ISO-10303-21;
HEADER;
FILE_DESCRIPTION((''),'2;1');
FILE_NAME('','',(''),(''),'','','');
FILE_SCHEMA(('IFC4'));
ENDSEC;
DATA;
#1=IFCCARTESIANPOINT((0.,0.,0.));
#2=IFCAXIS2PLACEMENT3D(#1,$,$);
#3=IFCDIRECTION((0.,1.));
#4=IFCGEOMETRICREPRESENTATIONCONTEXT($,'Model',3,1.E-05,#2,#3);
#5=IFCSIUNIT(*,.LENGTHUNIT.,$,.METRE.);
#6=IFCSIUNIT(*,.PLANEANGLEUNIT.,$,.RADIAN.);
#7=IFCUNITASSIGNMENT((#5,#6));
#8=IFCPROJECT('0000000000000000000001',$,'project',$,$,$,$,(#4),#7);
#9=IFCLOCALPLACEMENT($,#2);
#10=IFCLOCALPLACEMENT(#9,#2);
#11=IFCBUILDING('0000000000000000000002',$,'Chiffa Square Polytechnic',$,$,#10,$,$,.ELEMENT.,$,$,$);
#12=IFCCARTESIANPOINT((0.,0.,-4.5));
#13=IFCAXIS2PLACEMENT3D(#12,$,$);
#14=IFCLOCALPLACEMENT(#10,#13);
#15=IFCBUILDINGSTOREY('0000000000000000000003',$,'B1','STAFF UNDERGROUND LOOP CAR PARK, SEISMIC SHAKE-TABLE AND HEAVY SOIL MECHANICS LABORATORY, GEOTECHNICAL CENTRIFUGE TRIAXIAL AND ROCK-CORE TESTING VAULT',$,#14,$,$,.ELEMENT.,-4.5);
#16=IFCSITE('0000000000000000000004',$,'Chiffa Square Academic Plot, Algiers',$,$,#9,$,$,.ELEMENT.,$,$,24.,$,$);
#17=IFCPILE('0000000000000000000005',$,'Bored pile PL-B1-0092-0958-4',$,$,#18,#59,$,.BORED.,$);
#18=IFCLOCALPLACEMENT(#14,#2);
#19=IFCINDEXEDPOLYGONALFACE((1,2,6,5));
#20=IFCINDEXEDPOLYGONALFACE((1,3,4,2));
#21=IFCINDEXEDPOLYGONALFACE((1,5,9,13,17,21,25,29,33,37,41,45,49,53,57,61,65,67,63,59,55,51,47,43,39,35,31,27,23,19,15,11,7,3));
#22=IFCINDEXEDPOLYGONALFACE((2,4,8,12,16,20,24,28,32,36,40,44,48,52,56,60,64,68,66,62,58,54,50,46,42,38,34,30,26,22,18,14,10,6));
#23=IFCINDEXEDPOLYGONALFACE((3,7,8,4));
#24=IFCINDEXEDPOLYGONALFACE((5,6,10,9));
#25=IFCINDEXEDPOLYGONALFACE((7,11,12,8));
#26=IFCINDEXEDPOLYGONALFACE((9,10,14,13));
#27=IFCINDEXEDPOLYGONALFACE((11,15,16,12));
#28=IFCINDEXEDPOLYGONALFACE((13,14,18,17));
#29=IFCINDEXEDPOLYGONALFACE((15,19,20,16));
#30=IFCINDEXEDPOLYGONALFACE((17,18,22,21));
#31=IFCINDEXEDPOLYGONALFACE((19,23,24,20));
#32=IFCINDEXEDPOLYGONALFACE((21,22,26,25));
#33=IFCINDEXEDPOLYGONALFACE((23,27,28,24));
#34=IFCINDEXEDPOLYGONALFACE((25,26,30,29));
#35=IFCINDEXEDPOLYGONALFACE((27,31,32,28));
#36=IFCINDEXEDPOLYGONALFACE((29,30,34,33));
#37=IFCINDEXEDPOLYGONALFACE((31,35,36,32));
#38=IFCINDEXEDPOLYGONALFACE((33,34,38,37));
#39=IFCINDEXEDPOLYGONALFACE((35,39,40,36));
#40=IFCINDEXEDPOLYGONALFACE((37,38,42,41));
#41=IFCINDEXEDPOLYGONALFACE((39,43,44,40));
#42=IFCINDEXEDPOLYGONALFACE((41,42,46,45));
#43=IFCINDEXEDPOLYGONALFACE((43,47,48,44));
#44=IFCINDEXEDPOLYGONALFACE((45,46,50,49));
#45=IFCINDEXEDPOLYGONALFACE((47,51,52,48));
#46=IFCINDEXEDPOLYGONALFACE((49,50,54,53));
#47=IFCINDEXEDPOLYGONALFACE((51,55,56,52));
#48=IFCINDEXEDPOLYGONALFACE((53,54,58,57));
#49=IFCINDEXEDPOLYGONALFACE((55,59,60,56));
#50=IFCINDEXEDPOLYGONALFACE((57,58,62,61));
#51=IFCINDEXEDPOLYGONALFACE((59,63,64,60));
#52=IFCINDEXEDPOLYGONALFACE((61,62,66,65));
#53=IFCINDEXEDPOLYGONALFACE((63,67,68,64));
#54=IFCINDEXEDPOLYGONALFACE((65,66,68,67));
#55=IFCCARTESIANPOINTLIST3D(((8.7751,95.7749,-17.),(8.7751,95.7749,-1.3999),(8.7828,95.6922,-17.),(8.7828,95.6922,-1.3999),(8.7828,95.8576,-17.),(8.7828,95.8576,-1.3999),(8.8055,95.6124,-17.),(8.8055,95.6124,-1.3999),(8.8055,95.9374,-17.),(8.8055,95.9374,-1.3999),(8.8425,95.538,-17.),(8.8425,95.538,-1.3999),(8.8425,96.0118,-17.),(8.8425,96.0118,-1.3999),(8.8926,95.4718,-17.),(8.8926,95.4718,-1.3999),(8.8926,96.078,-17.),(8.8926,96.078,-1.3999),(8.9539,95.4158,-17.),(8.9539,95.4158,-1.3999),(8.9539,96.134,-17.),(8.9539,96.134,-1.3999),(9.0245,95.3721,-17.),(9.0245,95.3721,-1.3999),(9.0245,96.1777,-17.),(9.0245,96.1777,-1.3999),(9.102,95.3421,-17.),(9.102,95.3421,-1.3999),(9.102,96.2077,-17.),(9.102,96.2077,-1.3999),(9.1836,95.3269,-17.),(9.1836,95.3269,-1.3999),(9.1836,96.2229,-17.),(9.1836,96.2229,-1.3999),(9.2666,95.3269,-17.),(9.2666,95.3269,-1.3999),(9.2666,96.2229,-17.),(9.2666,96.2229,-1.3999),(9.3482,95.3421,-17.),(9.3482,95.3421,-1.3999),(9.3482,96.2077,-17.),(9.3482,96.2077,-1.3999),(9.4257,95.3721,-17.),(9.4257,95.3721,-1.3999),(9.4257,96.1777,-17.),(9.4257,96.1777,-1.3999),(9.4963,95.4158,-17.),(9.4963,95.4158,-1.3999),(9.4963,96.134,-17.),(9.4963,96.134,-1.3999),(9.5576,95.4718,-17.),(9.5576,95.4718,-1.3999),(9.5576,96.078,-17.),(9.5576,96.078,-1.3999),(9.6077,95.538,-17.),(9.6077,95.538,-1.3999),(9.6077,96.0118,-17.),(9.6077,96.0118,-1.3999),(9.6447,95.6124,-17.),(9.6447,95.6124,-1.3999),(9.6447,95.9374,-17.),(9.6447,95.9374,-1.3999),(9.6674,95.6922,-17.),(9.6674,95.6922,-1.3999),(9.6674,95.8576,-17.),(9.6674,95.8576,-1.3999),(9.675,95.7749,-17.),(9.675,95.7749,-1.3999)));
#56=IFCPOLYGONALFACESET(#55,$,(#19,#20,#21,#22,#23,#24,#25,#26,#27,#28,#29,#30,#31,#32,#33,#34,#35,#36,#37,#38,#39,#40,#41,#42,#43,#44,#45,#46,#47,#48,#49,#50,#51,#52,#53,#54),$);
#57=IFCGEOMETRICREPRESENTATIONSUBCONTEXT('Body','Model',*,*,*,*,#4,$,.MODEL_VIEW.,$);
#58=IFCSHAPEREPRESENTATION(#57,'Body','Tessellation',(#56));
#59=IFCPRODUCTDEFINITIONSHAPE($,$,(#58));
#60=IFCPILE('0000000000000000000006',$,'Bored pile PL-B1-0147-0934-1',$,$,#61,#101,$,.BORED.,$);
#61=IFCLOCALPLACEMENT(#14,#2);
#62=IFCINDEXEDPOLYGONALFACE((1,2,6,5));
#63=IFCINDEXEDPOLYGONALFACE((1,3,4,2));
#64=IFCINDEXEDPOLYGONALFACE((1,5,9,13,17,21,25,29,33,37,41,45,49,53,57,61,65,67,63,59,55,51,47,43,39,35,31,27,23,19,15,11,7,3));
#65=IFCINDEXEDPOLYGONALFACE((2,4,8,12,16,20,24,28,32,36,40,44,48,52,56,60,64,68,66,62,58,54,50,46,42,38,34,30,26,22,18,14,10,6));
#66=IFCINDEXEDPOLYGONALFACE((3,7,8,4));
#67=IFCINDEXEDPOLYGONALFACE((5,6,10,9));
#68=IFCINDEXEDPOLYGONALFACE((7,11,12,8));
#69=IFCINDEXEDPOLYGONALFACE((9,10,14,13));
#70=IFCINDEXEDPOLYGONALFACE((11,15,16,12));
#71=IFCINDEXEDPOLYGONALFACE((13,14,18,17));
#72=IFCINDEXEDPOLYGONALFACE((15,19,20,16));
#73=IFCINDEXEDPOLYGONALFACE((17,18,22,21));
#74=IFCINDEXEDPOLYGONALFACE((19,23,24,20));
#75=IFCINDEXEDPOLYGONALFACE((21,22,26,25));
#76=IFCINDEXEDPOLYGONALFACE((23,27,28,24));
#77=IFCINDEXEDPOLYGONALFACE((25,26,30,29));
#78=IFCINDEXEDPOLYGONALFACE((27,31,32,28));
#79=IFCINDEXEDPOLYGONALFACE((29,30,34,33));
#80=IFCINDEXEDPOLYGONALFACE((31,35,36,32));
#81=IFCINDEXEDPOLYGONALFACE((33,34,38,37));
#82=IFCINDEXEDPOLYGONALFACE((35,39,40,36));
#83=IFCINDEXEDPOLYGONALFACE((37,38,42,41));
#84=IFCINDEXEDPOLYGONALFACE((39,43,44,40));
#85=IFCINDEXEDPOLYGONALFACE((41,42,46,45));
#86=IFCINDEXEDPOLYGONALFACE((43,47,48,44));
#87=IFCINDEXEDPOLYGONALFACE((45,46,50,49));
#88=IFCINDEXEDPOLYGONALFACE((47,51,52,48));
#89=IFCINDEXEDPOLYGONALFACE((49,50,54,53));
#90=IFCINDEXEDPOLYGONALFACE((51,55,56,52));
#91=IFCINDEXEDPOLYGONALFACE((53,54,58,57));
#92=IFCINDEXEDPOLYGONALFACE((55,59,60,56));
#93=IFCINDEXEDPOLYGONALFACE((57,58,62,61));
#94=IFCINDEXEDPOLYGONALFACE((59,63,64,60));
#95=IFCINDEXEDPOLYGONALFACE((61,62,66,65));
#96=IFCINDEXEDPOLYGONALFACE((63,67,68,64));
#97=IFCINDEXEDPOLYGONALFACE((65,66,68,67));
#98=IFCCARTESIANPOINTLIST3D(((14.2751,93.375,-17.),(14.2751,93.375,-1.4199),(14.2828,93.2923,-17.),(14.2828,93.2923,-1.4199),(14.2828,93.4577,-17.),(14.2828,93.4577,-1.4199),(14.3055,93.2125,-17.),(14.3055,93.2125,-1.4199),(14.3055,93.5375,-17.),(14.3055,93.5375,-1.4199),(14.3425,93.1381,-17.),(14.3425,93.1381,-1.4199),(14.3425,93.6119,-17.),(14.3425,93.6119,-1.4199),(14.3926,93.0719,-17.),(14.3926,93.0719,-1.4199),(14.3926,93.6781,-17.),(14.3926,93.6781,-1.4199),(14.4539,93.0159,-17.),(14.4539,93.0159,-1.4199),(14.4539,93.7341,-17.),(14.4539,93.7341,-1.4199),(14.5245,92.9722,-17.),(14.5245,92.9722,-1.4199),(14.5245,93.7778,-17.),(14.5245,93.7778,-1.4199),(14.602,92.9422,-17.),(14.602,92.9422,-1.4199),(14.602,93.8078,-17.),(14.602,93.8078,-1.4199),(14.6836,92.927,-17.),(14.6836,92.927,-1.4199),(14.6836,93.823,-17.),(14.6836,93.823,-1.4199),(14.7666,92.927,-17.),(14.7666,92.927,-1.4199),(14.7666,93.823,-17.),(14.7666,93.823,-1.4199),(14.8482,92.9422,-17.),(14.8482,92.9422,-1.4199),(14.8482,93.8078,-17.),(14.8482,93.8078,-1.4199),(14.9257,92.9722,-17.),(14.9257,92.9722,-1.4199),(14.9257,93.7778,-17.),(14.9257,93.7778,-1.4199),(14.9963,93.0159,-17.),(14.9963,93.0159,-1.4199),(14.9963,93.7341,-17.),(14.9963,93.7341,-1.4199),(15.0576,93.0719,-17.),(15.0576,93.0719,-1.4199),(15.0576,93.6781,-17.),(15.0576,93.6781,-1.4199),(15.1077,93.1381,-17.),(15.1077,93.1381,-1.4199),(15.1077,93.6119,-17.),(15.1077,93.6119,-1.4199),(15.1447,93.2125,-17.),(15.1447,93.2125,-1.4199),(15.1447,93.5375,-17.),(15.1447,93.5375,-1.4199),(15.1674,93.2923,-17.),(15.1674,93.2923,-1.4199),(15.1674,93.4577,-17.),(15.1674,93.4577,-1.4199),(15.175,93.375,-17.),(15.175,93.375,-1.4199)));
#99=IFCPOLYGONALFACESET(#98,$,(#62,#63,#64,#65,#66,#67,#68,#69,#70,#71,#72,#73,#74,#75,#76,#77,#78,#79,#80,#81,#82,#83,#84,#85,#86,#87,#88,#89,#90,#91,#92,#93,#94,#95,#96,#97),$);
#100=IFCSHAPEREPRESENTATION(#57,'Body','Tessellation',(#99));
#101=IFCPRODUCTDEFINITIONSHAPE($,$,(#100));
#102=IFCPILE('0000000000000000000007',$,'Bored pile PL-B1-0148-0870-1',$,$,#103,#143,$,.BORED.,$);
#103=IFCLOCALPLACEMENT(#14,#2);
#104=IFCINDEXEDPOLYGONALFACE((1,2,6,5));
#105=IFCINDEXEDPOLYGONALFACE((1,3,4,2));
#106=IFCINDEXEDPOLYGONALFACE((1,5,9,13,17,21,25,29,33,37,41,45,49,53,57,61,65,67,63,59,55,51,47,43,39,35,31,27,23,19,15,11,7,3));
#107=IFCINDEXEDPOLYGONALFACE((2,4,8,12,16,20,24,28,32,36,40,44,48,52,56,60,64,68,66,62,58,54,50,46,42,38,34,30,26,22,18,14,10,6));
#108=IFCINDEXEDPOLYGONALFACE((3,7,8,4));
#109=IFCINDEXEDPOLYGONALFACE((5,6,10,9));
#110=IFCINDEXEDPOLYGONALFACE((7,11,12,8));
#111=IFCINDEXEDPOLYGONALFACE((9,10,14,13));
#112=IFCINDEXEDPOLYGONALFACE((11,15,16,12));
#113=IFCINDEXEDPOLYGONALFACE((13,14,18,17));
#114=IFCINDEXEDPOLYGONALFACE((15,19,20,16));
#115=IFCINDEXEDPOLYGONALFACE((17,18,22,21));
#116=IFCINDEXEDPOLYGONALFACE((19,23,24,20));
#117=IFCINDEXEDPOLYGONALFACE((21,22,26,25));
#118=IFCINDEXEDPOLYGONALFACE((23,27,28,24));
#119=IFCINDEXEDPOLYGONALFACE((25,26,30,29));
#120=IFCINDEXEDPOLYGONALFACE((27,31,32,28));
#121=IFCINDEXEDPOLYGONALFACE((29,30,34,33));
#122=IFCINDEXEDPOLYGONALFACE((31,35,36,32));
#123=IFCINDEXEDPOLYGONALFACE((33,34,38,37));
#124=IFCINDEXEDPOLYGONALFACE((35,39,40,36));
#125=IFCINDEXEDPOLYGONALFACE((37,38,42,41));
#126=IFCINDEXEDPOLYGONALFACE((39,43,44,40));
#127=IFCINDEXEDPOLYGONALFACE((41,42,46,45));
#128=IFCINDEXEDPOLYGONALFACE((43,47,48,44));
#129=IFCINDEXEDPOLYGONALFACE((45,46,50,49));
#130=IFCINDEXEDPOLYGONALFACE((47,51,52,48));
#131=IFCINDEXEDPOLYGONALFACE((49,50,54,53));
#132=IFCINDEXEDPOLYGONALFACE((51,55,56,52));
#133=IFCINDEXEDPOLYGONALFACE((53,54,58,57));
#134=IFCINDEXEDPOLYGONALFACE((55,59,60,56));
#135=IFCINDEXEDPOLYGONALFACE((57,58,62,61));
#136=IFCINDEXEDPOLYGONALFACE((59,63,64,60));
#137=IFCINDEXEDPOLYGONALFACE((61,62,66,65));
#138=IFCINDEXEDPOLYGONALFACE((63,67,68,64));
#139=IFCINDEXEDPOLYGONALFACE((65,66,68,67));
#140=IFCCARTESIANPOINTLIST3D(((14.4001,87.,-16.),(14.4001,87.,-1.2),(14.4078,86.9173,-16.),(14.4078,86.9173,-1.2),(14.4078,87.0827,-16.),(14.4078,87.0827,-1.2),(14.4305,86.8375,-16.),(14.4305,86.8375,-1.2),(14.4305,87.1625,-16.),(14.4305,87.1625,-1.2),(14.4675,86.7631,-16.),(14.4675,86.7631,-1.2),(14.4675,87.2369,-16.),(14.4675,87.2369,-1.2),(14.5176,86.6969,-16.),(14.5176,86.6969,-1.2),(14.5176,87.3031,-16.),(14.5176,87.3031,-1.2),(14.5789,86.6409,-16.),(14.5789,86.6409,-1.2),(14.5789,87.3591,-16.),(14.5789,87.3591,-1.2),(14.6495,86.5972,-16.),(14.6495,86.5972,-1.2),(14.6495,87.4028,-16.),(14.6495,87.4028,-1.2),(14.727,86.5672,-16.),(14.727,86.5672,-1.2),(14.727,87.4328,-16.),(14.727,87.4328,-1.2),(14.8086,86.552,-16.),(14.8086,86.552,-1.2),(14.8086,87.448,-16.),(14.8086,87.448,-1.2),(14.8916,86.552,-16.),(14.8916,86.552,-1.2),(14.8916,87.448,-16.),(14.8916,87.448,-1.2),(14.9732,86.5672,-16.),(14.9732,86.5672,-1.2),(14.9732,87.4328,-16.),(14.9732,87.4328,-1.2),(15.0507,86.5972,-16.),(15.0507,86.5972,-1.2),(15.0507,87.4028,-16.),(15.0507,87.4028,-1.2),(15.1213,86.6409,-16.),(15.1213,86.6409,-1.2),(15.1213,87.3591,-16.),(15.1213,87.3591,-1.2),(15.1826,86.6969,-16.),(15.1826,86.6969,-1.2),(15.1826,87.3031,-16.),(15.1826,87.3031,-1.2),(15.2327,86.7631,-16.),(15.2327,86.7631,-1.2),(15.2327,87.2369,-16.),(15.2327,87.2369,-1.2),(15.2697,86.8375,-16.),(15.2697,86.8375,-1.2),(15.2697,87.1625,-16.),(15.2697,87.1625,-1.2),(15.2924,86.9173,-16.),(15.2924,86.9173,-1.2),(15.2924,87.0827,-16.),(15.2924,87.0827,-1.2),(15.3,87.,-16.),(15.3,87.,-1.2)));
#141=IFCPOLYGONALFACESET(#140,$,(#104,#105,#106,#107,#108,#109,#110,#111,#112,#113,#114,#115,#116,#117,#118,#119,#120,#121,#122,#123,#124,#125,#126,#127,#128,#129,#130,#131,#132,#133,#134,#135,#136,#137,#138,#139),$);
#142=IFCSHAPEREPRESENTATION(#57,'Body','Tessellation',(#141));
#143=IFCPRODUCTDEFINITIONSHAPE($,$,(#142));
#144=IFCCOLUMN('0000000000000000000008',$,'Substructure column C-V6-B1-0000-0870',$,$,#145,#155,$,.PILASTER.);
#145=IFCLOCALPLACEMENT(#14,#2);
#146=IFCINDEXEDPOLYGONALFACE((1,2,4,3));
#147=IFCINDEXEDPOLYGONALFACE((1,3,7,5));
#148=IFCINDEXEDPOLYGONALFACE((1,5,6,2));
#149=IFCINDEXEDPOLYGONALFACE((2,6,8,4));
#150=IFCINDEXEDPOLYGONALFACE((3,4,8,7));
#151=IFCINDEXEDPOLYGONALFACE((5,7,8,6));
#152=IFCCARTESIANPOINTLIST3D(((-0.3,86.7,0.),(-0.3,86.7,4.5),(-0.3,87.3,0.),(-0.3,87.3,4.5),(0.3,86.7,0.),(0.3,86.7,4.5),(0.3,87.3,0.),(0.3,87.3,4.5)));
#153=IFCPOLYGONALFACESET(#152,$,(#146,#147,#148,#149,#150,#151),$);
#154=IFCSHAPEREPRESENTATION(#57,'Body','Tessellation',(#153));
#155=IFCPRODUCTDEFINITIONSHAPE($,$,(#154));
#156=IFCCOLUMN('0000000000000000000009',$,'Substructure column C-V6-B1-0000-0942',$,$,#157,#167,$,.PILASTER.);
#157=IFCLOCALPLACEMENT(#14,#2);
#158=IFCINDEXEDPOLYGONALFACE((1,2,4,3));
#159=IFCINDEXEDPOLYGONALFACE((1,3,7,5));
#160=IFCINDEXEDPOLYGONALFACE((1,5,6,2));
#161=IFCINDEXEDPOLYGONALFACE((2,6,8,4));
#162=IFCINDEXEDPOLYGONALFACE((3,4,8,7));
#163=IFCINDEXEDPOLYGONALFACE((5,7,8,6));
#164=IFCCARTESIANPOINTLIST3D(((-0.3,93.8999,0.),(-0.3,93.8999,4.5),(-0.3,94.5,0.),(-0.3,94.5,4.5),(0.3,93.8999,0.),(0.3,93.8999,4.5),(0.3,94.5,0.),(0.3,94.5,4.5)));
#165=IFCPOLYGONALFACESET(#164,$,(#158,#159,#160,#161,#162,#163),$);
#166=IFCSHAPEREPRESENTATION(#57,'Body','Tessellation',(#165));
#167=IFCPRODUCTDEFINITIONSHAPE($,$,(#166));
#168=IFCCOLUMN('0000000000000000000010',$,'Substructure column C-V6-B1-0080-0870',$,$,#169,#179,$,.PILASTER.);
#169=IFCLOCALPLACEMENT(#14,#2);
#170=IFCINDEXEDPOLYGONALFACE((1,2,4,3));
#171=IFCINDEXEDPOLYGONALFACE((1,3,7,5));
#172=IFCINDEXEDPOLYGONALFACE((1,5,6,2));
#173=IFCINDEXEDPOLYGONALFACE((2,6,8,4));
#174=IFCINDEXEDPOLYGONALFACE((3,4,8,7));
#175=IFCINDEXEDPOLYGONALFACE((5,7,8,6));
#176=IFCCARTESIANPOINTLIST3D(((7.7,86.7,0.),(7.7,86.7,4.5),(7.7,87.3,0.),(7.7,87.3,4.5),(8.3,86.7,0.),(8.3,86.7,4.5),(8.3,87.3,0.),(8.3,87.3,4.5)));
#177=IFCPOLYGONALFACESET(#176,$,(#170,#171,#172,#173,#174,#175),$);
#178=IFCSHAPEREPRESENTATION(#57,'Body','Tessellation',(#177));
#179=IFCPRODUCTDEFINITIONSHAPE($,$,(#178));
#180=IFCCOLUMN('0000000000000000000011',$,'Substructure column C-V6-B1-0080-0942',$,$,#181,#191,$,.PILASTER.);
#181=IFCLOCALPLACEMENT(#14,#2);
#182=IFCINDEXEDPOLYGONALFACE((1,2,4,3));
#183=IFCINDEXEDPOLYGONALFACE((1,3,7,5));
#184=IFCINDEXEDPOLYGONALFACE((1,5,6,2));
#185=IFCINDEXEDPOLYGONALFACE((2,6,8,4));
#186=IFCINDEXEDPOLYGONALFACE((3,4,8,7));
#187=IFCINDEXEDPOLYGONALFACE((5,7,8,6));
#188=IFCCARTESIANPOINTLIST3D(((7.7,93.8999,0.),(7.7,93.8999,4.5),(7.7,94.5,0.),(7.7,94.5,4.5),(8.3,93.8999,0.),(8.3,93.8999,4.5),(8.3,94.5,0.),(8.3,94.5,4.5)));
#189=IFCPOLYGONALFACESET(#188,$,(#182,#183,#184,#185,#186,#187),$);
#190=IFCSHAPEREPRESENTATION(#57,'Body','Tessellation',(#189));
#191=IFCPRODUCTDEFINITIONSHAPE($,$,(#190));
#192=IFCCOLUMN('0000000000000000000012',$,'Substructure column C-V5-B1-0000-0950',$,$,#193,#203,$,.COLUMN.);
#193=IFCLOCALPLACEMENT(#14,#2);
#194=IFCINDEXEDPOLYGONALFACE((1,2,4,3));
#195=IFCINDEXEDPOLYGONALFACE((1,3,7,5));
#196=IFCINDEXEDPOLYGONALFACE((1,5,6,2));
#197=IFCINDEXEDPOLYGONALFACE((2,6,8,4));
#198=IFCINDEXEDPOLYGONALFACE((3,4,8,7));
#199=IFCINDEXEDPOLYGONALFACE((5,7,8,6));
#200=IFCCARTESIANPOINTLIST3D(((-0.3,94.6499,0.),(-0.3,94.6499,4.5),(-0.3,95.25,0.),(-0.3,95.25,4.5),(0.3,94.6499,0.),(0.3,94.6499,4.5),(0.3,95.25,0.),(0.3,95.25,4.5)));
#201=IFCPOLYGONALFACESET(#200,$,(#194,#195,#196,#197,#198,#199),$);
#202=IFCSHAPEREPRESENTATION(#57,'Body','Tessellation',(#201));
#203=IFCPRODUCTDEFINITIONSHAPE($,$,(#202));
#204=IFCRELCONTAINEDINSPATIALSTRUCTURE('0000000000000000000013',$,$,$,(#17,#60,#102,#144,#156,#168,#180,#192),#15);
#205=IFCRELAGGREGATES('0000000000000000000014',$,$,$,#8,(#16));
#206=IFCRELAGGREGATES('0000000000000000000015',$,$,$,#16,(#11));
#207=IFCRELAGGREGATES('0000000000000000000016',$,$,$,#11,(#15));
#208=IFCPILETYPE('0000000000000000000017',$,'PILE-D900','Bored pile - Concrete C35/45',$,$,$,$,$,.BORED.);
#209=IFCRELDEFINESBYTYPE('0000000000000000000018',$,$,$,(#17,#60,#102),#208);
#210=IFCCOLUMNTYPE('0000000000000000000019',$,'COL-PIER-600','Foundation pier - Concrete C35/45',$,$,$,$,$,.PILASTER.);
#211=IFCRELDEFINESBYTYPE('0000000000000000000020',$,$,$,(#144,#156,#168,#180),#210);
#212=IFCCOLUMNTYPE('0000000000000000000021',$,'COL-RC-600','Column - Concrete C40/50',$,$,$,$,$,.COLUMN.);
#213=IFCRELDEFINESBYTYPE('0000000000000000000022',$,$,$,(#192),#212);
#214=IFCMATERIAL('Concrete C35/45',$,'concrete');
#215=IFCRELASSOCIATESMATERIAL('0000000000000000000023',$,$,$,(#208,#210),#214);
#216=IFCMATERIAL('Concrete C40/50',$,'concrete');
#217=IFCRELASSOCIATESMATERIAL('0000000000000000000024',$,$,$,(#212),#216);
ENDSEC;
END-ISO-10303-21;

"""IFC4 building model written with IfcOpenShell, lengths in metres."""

from ifc_helpers import new_model, si_unit, direction, frame, origin, origin_2d, place, context, subcontext, project, spatial, rectangle, circle, extrude, material, material_profile, profile_set, type_object, element, save


model = new_model("IFC4")

# Units and contexts
model_context = context("Model", 3, precision=1e-05, world=origin(), true_north=direction((0.0, 1.0)))
body_context = subcontext(model_context, "Body", "Model", "MODEL_VIEW")
ifc_project = project(units=[si_unit("LENGTHUNIT", "METRE"), si_unit("PLANEANGLEUNIT", "RADIAN")], contexts=[model_context])

# Site, building, storey
site_placement = place(None, origin())
site = spatial("IfcSite", under=ifc_project, at=site_placement, Name="Chiffa Square Academic Plot, Algiers", CompositionType="ELEMENT", RefElevation=24.0)
building_placement = place(site_placement, origin())
building = spatial("IfcBuilding", under=site, at=building_placement, Name="Chiffa Square Polytechnic", CompositionType="ELEMENT")
storey_placement = place(building_placement, frame((0.0, 0.0, -4.5)))
storey = spatial("IfcBuildingStorey", under=building, at=storey_placement, Name="B1", Description="STAFF UNDERGROUND LOOP CAR PARK, SEISMIC SHAKE-TABLE AND HEAVY SOIL MECHANICS LABORATORY, GEOTECHNICAL CENTRIFUGE TRIAXIAL AND ROCK-CORE TESTING VAULT", CompositionType="ELEMENT", Elevation=-4.5)

# Shared definitions
ifc_material_1 = material(Name="Concrete C35/45", Category="concrete")

# Piles
ifc_material_profile_1 = material_profile(ifc_material_1, circle(Radius=0.45, at=origin_2d()), Name="PILE D900")
ifc_profile_set_1 = profile_set([ifc_material_profile_1], Name="Concrete C35/45")
pile_type_1 = type_object("IfcPileType", Name="PILE-D900", Description="Bored pile - Concrete C35/45", PredefinedType="BORED", material=ifc_profile_set_1)
for number, where, z_axis, x_axis, name in (
    (1, (9.2251, 95.7749, -1.3999), (0.0, 0.0, -1.0), (1.0, 0.0, 0.0), "Bored pile PL-B1-0092-0958-4"),
):
    element("IfcPile", number, at=place(storey_placement, frame(where, z_axis=z_axis, x_axis=x_axis)), inside=storey, type_object=pile_type_1, Name=name, PredefinedType="BORED", context=body_context, shape_type="SweptSolid", body=[
        extrude(circle(Radius=0.45, at=origin_2d()), origin(), (0.0, 0.0, 1.0), 15.6001),
    ])
pile_1_placement = place(storey_placement, frame((14.7251, 93.375, -1.4199), z_axis=(0.0, 0.0, -1.0), x_axis=(1.0, 0.0, 0.0)))
element("IfcPile", 2, at=pile_1_placement, inside=storey, type_object=pile_type_1, Name="Bored pile PL-B1-0147-0934-1", PredefinedType="BORED", context=body_context, shape_type="SweptSolid", body=[
    extrude(circle(Radius=0.45, at=origin_2d()), origin(), (0.0, 0.0, 1.0), 15.5801),
])
pile_2_placement = place(storey_placement, frame((14.8501, 87.0, -1.2), z_axis=(0.0, 0.0, -1.0), x_axis=(1.0, 0.0, 0.0)))
element("IfcPile", 3, at=pile_2_placement, inside=storey, type_object=pile_type_1, Name="Bored pile PL-B1-0148-0870-1", PredefinedType="BORED", context=body_context, shape_type="SweptSolid", body=[
    extrude(circle(Radius=0.45, at=origin_2d()), origin(), (0.0, 0.0, 1.0), 14.8),
])

# Columns
ifc_material_profile_2 = material_profile(ifc_material_1, rectangle(XDim=0.6001, YDim=0.6001, at=origin_2d()), Name="RC 600x600")
ifc_profile_set_2 = profile_set([ifc_material_profile_2], Name="Concrete C35/45")
column_type_1 = type_object("IfcColumnType", Name="COL-PIER-600", Description="Foundation pier - Concrete C35/45", PredefinedType="PILASTER", material=ifc_profile_set_2)
for number, where, z_axis, x_axis, name in (
    (4, (0.0, 87.0, 0.0), (0.0, 0.0, 1.0), (1.0, 0.0, 0.0), "Substructure column C-V6-B1-0000-0870"),
    (5, (0.0, 94.2, 0.0), (0.0, 0.0, 1.0), (1.0, 0.0, 0.0), "Substructure column C-V6-B1-0000-0942"),
    (6, (8.0, 87.0, 0.0), (0.0, 0.0, 1.0), (1.0, 0.0, 0.0), "Substructure column C-V6-B1-0080-0870"),
    (7, (8.0, 94.2, 0.0), (0.0, 0.0, 1.0), (1.0, 0.0, 0.0), "Substructure column C-V6-B1-0080-0942"),
):
    element("IfcColumn", number, at=place(storey_placement, frame(where, z_axis=z_axis, x_axis=x_axis)), inside=storey, type_object=column_type_1, Name=name, PredefinedType="PILASTER", context=body_context, shape_type="SweptSolid", body=[
        extrude(rectangle(XDim=0.6001, YDim=0.6001, at=origin_2d()), origin(), (0.0, 0.0, 1.0), 4.5),
    ])
ifc_material_2 = material(Name="Concrete C40/50", Category="concrete")
ifc_material_profile_3 = material_profile(ifc_material_2, rectangle(XDim=0.6001, YDim=0.6001, at=origin_2d()), Name="RC 600x600")
ifc_profile_set_3 = profile_set([ifc_material_profile_3], Name="Concrete C40/50")
column_type_2 = type_object("IfcColumnType", Name="COL-RC-600", Description="Column - Concrete C40/50", PredefinedType="COLUMN", material=ifc_profile_set_3)
for number, where, z_axis, x_axis, name in (
    (8, (0.0, 94.95, 0.0), (0.0, 0.0, 1.0), (1.0, 0.0, 0.0), "Substructure column C-V5-B1-0000-0950"),
):
    element("IfcColumn", number, at=place(storey_placement, frame(where, z_axis=z_axis, x_axis=x_axis)), inside=storey, type_object=column_type_2, Name=name, PredefinedType="COLUMN", context=body_context, shape_type="SweptSolid", body=[
        extrude(rectangle(XDim=0.6001, YDim=0.6001, at=origin_2d()), origin(), (0.0, 0.0, 1.0), 4.5),
    ])

save(model, "model.ifc")
